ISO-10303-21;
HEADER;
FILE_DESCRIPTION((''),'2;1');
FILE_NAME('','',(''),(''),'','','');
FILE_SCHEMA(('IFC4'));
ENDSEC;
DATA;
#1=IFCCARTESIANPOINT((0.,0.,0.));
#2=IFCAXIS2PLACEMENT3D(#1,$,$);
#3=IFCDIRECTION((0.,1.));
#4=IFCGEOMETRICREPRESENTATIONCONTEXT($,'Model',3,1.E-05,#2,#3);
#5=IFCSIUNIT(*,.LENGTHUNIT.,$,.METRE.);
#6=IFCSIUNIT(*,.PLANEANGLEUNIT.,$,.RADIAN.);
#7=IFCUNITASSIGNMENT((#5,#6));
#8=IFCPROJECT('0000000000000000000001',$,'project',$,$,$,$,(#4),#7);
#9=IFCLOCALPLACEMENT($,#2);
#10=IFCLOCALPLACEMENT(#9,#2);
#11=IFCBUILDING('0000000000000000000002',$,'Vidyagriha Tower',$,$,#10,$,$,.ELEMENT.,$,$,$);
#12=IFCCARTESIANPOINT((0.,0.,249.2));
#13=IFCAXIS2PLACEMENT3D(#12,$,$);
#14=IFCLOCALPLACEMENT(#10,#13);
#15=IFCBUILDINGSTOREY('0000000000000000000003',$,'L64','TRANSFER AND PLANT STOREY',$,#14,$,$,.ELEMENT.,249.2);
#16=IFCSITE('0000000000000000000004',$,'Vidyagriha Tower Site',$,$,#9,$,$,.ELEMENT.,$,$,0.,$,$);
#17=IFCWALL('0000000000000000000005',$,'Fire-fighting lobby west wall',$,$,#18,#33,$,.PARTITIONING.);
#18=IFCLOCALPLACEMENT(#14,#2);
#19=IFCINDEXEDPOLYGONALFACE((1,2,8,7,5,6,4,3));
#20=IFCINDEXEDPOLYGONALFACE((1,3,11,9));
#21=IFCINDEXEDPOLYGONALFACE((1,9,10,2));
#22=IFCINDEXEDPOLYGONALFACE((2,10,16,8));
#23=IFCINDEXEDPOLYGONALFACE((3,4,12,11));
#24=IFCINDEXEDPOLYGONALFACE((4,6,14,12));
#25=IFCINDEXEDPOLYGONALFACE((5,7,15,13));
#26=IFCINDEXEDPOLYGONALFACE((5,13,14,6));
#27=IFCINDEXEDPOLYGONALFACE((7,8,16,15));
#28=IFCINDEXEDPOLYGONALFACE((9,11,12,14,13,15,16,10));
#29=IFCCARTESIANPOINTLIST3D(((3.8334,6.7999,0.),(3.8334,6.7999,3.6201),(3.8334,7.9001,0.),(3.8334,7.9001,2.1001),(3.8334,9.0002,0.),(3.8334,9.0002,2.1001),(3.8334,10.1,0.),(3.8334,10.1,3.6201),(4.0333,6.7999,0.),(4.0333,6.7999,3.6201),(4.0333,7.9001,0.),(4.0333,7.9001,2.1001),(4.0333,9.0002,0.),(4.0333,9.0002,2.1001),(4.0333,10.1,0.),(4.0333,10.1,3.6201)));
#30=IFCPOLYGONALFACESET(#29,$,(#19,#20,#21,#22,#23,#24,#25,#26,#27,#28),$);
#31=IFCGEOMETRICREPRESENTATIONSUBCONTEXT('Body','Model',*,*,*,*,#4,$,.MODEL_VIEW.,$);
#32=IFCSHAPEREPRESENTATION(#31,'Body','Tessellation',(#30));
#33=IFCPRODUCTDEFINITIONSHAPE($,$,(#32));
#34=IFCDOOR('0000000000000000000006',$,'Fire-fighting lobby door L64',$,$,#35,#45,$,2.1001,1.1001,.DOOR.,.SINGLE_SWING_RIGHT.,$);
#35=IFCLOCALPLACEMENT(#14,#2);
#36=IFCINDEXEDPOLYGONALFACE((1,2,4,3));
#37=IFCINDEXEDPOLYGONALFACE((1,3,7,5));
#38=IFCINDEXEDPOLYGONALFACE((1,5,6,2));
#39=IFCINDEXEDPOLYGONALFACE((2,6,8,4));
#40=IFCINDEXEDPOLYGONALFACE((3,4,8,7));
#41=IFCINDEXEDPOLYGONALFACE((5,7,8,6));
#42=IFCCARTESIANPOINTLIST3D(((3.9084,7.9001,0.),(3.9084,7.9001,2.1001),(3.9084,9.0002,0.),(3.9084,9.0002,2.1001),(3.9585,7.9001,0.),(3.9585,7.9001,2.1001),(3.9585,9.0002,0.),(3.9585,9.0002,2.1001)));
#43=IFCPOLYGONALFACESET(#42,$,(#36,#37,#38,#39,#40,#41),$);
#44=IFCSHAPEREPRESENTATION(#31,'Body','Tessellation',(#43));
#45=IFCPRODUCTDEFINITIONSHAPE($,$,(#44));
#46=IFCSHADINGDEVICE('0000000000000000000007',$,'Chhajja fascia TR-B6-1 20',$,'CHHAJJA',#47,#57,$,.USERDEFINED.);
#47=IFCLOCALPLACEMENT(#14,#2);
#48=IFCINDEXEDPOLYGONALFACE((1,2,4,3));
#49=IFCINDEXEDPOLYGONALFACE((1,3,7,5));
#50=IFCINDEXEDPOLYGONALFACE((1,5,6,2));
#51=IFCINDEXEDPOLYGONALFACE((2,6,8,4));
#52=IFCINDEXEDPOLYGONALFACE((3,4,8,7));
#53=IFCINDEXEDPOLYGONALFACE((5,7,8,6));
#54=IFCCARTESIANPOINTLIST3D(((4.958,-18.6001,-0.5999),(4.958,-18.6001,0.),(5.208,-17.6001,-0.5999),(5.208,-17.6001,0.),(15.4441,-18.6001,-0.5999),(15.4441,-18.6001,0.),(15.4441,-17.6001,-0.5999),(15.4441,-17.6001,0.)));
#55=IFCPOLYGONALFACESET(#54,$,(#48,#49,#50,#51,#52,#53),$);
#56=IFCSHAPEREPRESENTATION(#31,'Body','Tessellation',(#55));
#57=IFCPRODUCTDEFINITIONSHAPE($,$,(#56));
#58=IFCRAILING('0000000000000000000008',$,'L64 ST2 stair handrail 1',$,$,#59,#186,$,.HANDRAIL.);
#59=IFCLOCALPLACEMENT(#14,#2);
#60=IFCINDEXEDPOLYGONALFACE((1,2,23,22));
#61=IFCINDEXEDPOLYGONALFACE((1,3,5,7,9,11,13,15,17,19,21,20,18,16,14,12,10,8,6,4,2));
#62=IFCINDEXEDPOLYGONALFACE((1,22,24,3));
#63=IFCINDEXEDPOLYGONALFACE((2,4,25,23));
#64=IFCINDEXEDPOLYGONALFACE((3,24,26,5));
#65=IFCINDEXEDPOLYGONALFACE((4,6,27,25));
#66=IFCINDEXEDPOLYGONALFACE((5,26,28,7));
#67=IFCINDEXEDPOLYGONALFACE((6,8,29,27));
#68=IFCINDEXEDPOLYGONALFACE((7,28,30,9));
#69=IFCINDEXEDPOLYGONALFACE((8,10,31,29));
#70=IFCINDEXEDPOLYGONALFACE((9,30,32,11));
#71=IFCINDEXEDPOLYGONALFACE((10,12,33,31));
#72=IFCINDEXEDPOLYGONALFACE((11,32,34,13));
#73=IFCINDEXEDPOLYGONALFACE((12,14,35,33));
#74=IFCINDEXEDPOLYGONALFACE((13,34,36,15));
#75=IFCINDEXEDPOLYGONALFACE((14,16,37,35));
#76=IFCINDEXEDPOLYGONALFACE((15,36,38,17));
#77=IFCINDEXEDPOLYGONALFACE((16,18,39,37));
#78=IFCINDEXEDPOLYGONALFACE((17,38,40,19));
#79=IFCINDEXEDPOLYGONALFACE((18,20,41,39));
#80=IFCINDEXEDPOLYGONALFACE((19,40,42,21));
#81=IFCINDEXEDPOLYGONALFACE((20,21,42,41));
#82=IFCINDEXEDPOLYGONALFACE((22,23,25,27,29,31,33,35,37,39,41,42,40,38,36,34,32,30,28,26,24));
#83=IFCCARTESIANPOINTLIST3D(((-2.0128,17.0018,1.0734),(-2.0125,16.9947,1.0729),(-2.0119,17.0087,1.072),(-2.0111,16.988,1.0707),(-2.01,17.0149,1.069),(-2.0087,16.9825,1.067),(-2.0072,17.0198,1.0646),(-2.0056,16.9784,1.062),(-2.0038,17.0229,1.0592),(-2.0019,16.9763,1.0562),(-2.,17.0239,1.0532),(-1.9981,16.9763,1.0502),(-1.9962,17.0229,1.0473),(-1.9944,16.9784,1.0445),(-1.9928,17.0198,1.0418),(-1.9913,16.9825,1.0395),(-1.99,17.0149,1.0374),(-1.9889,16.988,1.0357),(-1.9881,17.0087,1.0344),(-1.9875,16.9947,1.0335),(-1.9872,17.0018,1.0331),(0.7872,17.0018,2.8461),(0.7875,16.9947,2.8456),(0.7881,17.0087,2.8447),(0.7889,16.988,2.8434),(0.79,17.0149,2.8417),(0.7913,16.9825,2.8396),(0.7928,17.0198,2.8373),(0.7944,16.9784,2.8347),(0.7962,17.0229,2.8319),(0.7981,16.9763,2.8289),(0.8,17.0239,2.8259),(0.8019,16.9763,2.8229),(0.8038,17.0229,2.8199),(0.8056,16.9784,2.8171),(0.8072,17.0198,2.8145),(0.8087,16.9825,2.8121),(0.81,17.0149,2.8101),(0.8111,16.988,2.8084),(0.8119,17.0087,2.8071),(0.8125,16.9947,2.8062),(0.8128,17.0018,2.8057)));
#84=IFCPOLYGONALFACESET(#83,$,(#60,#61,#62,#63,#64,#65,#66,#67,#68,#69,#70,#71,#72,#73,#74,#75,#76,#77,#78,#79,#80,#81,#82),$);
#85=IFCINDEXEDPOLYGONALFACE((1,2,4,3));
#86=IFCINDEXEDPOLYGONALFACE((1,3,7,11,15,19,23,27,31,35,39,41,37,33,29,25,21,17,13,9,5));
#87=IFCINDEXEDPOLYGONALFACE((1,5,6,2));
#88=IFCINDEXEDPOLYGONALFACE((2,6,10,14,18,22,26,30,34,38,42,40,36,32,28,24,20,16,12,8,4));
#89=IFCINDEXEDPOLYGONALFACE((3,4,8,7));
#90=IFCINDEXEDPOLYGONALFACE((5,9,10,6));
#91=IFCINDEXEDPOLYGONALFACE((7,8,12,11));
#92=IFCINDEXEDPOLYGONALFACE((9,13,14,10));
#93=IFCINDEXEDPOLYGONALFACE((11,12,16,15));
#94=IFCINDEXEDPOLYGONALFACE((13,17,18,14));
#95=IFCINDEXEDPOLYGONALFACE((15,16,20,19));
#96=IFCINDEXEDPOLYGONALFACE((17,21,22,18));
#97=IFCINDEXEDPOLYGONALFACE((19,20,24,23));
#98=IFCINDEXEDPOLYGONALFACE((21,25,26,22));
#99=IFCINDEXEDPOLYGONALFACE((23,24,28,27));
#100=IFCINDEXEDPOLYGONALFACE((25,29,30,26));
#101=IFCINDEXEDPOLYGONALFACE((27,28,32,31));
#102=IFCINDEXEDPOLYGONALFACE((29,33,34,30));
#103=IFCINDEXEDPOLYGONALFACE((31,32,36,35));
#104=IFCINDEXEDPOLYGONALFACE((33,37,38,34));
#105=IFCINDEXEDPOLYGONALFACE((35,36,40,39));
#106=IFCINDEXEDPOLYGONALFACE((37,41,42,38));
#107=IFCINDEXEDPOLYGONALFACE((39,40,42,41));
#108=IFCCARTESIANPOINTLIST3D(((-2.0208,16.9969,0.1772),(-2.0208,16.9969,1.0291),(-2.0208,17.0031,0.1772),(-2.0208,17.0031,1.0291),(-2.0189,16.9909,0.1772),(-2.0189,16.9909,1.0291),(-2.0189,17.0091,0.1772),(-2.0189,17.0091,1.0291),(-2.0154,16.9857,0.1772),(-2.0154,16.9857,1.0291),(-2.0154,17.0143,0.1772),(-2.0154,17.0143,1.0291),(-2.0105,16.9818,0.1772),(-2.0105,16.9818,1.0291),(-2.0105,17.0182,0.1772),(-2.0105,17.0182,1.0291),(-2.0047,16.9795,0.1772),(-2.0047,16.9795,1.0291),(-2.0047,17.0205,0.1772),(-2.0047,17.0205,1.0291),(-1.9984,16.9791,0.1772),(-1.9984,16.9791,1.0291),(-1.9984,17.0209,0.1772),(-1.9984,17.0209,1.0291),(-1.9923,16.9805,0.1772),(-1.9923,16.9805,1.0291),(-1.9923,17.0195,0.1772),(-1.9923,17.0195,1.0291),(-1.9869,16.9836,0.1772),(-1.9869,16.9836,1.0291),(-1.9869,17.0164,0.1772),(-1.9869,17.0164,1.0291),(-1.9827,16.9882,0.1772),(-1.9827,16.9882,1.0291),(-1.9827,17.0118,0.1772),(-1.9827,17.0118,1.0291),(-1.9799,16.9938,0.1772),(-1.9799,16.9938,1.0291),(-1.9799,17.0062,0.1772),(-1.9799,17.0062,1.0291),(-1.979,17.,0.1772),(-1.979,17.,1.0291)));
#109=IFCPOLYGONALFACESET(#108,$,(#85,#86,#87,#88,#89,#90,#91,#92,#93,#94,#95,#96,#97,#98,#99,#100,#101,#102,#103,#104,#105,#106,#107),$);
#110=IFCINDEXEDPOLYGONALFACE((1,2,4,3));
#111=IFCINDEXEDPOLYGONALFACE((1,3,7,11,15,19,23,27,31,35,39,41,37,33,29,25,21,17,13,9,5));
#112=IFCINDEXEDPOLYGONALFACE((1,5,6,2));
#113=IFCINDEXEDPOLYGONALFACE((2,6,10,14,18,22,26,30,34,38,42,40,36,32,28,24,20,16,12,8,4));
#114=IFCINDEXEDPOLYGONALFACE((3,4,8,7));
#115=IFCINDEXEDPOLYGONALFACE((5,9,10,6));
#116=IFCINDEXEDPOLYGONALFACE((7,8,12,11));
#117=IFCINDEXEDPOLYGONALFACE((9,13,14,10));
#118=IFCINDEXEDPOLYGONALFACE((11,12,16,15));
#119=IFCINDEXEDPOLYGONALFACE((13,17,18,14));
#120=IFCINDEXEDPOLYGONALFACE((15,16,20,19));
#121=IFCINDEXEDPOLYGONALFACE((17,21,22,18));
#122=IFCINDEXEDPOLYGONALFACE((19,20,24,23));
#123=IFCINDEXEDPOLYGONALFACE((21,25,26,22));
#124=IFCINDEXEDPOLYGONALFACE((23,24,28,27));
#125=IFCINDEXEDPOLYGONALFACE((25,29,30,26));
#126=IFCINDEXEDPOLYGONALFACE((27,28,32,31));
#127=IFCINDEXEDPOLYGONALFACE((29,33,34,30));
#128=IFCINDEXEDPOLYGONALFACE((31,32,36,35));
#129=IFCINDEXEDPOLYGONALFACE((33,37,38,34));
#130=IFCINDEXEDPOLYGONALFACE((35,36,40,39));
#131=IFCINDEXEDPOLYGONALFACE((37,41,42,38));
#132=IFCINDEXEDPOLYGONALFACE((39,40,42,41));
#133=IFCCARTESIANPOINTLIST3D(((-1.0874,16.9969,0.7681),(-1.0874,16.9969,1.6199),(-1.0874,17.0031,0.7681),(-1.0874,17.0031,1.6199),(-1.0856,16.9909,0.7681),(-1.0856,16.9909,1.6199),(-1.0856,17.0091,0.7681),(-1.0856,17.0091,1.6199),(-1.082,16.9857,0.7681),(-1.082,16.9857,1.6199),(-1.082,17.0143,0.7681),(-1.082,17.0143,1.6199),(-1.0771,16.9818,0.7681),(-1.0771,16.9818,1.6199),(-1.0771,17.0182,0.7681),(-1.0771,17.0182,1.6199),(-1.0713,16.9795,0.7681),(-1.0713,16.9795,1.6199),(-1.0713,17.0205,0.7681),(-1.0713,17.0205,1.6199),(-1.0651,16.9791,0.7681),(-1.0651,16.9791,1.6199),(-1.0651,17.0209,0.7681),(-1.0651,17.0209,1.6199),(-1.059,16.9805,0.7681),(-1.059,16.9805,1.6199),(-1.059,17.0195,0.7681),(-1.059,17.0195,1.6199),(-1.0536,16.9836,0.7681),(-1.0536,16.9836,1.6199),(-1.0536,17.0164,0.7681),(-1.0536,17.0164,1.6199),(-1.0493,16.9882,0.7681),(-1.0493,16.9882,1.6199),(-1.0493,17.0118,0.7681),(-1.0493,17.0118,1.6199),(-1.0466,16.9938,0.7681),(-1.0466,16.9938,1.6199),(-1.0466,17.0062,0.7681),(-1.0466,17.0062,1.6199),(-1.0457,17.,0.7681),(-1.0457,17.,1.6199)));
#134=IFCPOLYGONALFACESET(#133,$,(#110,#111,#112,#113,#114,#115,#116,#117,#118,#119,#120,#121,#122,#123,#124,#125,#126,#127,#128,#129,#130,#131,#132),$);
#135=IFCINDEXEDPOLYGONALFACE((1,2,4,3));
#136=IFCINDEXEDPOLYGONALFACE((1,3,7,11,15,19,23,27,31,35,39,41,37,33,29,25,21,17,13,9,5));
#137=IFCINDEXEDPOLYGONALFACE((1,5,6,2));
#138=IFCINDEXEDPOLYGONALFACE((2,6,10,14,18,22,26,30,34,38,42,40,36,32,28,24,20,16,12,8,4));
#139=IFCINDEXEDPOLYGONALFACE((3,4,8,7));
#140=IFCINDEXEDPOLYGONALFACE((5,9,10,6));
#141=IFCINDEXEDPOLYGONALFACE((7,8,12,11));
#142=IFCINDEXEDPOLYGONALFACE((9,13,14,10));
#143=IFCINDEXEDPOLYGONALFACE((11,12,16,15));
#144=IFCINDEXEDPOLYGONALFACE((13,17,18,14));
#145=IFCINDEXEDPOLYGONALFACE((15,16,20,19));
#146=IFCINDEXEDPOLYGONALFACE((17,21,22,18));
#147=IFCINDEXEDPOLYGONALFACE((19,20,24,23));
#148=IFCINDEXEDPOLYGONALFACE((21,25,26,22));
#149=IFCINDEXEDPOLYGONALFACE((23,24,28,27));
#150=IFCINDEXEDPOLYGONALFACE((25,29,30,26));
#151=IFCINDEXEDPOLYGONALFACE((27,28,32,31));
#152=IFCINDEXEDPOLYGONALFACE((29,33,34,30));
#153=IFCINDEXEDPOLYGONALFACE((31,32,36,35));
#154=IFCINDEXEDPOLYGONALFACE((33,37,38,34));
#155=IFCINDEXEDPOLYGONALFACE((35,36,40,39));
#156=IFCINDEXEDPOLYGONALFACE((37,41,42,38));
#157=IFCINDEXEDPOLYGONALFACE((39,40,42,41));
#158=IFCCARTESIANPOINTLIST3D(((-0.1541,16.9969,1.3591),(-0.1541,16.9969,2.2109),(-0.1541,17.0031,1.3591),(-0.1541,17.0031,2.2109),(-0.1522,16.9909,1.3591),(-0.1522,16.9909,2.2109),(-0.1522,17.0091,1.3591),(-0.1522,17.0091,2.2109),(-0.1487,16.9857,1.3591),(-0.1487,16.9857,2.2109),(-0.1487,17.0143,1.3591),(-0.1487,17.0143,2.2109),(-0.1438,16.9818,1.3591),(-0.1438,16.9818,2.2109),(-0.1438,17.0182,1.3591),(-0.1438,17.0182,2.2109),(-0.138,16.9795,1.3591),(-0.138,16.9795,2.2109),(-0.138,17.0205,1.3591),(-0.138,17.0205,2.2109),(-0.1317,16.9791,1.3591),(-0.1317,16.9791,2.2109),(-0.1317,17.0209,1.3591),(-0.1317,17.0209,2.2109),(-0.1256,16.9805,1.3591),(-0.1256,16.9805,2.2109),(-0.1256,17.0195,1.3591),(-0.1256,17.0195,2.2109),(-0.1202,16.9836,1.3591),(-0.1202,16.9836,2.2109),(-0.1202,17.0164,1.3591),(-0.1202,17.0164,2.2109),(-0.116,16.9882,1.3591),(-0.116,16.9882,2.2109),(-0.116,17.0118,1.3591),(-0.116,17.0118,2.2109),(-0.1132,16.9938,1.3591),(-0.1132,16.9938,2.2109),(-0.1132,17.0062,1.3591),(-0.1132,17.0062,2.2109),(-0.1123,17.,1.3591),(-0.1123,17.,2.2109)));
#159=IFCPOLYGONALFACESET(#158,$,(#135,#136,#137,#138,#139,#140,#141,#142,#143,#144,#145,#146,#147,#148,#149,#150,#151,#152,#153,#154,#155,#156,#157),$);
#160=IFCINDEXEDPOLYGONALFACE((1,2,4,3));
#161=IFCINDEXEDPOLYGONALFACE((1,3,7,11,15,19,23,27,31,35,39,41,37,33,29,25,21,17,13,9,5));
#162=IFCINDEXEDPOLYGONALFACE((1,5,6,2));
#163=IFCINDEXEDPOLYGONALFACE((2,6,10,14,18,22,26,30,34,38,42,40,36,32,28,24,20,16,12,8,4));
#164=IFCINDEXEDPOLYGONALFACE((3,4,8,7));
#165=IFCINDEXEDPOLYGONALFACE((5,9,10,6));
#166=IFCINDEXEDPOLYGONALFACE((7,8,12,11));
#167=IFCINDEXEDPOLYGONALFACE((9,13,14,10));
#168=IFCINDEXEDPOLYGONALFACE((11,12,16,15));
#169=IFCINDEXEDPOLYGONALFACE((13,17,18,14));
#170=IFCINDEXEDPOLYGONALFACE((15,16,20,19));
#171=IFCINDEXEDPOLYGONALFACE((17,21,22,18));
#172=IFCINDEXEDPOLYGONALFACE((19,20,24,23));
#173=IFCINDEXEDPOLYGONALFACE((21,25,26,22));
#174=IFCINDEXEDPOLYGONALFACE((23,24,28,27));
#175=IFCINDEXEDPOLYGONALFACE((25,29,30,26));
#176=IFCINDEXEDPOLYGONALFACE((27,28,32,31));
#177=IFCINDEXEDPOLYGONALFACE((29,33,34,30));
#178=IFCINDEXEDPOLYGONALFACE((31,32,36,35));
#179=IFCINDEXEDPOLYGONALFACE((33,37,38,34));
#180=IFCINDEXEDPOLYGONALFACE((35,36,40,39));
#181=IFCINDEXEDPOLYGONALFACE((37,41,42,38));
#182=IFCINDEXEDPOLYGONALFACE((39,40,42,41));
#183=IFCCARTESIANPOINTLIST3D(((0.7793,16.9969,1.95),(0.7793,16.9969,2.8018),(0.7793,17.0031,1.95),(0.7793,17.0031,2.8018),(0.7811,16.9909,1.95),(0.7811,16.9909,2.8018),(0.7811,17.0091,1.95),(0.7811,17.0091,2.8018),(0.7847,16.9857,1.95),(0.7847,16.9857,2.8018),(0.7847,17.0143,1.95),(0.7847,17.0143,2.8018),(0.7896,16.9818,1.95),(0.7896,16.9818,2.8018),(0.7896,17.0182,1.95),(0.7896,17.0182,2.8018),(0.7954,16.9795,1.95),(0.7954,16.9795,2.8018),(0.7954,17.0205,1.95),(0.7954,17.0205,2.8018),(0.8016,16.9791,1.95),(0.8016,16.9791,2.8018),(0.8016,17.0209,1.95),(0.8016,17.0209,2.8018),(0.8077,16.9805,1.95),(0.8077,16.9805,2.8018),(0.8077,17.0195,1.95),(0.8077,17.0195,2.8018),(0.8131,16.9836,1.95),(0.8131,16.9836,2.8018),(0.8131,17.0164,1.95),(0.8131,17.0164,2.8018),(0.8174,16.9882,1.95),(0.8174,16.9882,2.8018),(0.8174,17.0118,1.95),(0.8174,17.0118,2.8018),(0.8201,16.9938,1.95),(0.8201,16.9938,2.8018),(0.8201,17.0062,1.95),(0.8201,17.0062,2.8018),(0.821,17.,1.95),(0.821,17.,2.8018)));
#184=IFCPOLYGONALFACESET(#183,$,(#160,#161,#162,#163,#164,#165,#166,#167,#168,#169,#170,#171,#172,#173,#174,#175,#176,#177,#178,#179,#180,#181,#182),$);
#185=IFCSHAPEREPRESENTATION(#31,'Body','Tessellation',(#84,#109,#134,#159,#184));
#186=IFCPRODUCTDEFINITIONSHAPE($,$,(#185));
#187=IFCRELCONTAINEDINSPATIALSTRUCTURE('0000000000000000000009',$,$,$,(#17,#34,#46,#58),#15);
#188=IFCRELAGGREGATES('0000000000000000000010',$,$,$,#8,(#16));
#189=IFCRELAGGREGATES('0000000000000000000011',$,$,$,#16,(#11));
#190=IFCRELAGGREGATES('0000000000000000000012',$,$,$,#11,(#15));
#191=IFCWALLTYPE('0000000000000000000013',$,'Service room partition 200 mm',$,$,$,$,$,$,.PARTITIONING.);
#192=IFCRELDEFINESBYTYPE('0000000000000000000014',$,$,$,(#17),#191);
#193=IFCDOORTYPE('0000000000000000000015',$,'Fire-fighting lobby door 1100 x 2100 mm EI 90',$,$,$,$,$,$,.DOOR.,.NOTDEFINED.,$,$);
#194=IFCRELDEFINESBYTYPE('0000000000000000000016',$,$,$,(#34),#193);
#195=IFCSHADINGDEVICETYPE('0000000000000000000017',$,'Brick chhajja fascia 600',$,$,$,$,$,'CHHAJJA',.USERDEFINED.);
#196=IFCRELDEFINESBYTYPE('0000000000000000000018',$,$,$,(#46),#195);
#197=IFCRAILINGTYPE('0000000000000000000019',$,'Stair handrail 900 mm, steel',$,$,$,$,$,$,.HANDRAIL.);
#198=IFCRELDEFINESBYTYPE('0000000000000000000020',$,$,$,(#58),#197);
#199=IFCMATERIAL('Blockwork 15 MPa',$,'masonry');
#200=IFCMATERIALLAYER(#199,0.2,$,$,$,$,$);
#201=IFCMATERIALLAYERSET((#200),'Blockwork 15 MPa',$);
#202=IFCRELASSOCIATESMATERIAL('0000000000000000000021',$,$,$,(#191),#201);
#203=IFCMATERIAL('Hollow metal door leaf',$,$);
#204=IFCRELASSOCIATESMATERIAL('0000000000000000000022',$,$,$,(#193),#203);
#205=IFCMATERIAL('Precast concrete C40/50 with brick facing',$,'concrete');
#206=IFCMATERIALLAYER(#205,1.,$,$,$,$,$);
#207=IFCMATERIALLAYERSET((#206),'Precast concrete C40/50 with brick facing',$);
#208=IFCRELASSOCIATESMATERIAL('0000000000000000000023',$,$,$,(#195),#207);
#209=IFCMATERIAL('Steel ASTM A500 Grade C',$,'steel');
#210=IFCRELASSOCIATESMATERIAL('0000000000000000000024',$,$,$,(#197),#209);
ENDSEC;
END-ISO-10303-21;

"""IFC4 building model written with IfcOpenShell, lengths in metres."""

from ifc_helpers import new_model, si_unit, direction, frame, frame_2d, origin, origin_2d, place, context, subcontext, project, spatial, polyline, rectangle, circle, outline, extrude, material, layer, layer_set, type_object, element, fill, save


model = new_model("IFC4")

# Units and contexts
model_context = context("Model", 3, precision=1e-05, world=origin(), true_north=direction((0.0, 1.0)))
body_context = subcontext(model_context, "Body", "Model", "MODEL_VIEW")
ifc_project = project(units=[si_unit("LENGTHUNIT", "METRE"), si_unit("PLANEANGLEUNIT", "RADIAN")], contexts=[model_context])

# Site, building, storey
site_placement = place(None, origin())
site = spatial("IfcSite", under=ifc_project, at=site_placement, Name="Vidyagriha Tower Site", CompositionType="ELEMENT", RefElevation=0.0)
building_placement = place(site_placement, origin())
building = spatial("IfcBuilding", under=site, at=building_placement, Name="Vidyagriha Tower", CompositionType="ELEMENT")
storey_placement = place(building_placement, frame((0.0, 0.0, 249.2)))
storey = spatial("IfcBuildingStorey", under=building, at=storey_placement, Name="L64", Description="TRANSFER AND PLANT STOREY", CompositionType="ELEMENT", Elevation=249.2)

# Wall, opening, door
ifc_material_1 = material(Name="Blockwork 15 MPa", Category="masonry")
ifc_layer_1 = layer(ifc_material_1, 0.2)
ifc_layer_set_1 = layer_set([ifc_layer_1], Name="Blockwork 15 MPa")
wall_type_1 = type_object("IfcWallType", Name="Service room partition 200 mm", PredefinedType="PARTITIONING", material=ifc_layer_set_1)
wall_1_placement = place(storey_placement, frame((3.9333, 6.8, 0.0), z_axis=(0.0, 0.0, 1.0), x_axis=(0.0, 1.0, 0.0)))
wall_1 = element("IfcWall", 1, at=wall_1_placement, inside=storey, type_object=wall_type_1, Name="Fire-fighting lobby west wall", PredefinedType="PARTITIONING", context=body_context, shape_type="SweptSolid", body=[
    extrude(rectangle(XDim=3.3, YDim=0.2, at=frame_2d((1.6499, 0.0))), origin(), (0.0, 0.0, 1.0), 3.6201),
])
opening_1_placement = place(wall_1_placement, frame((1.1001, 0.0, 0.0)))
opening_1 = element("IfcOpeningElement", 2, at=opening_1_placement, cuts=wall_1, PredefinedType="OPENING", context=body_context, shape_type="SweptSolid", body=[
    extrude(rectangle(XDim=1.1001, YDim=2.1001, at=frame_2d((0.55, 1.05))), frame((0.0, 0.1099, 0.0), z_axis=(0.0, -1.0, 0.0), x_axis=(1.0, 0.0, 0.0)), (0.0, 0.0, 1.0), 0.22),
])
ifc_material_2 = material(Name="Hollow metal door leaf")
door_type_1 = type_object("IfcDoorType", Name="Fire-fighting lobby door 1100 x 2100 mm EI 90", OperationType="NOTDEFINED", PredefinedType="DOOR", material=ifc_material_2)
door_1_placement = place(opening_1_placement, origin())
door_1 = element("IfcDoor", 3, at=door_1_placement, inside=storey, type_object=door_type_1, Name="Fire-fighting lobby door L64", OperationType="SINGLE_SWING_RIGHT", OverallHeight=2.1001, OverallWidth=1.1001, PredefinedType="DOOR", context=body_context, shape_type="SweptSolid", body=[
    extrude(rectangle(XDim=1.1001, YDim=2.1001, at=frame_2d((0.55, 1.05))), frame((0.0, 0.0249, 0.0), z_axis=(0.0, -1.0, 0.0), x_axis=(1.0, 0.0, 0.0)), (0.0, 0.0, 1.0), 0.05),
])
fill(opening_1, door_1)

# Shading device
ifc_material_3 = material(Name="Precast concrete C40/50 with brick facing", Category="concrete")
ifc_layer_2 = layer(ifc_material_3, 1.0)
ifc_layer_set_2 = layer_set([ifc_layer_2], Name="Precast concrete C40/50 with brick facing")
shading_device_type = type_object("IfcShadingDeviceType", Name="Brick chhajja fascia 600", ElementType="CHHAJJA", PredefinedType="USERDEFINED", material=ifc_layer_set_2)
shading_device_placement = place(storey_placement, frame((0.0, 0.0, -0.5999)))
element("IfcShadingDevice", 4, at=shading_device_placement, inside=storey, type_object=shading_device_type, Name="Chhajja fascia TR-B6-1 20", ObjectType="CHHAJJA", PredefinedType="USERDEFINED", context=body_context, shape_type="SweptSolid", body=[
    extrude(outline(polyline([(5.208, -17.6001), (4.958, -18.6001), (15.4441, -18.6001), (15.4441, -17.6001), (5.208, -17.6001)])), origin(), (0.0, 0.0, 1.0), 0.5999),
])

# Railing
ifc_material_4 = material(Name="Steel ASTM A500 Grade C", Category="steel")
railing_type = type_object("IfcRailingType", Name="Stair handrail 900 mm, steel", PredefinedType="HANDRAIL", material=ifc_material_4)
for number, where, name in (
    (5, (-2.0, 17.0, 0.1772), "L64 ST2 stair handrail 1"),
):
    element("IfcRailing", number, at=place(storey_placement, frame(where)), inside=storey, type_object=railing_type, Name=name, PredefinedType="HANDRAIL", context=body_context, shape_type="SweptSolid", body=[
        extrude(circle(Radius=0.0239, at=origin_2d()), frame((0.0, 0.0, 0.876), z_axis=(0.844909, 0.0, 0.53491), x_axis=(0.0, 1.0, 0.0)), (0.0, 0.0, 1.0), 3.314),
        extrude(circle(Radius=0.021, at=origin_2d()), origin(), (0.0, 0.0, 1.0), 0.8518),
        extrude(circle(Radius=0.021, at=origin_2d()), frame((0.9333, 0.0, 0.5908)), (0.0, 0.0, 1.0), 0.8518),
        extrude(circle(Radius=0.021, at=origin_2d()), frame((1.8667, 0.0, 1.1819)), (0.0, 0.0, 1.0), 0.8518),
        extrude(circle(Radius=0.021, at=origin_2d()), frame((2.8, 0.0, 1.7727)), (0.0, 0.0, 1.0), 0.8518),
    ])

save(model, "model.ifc")
